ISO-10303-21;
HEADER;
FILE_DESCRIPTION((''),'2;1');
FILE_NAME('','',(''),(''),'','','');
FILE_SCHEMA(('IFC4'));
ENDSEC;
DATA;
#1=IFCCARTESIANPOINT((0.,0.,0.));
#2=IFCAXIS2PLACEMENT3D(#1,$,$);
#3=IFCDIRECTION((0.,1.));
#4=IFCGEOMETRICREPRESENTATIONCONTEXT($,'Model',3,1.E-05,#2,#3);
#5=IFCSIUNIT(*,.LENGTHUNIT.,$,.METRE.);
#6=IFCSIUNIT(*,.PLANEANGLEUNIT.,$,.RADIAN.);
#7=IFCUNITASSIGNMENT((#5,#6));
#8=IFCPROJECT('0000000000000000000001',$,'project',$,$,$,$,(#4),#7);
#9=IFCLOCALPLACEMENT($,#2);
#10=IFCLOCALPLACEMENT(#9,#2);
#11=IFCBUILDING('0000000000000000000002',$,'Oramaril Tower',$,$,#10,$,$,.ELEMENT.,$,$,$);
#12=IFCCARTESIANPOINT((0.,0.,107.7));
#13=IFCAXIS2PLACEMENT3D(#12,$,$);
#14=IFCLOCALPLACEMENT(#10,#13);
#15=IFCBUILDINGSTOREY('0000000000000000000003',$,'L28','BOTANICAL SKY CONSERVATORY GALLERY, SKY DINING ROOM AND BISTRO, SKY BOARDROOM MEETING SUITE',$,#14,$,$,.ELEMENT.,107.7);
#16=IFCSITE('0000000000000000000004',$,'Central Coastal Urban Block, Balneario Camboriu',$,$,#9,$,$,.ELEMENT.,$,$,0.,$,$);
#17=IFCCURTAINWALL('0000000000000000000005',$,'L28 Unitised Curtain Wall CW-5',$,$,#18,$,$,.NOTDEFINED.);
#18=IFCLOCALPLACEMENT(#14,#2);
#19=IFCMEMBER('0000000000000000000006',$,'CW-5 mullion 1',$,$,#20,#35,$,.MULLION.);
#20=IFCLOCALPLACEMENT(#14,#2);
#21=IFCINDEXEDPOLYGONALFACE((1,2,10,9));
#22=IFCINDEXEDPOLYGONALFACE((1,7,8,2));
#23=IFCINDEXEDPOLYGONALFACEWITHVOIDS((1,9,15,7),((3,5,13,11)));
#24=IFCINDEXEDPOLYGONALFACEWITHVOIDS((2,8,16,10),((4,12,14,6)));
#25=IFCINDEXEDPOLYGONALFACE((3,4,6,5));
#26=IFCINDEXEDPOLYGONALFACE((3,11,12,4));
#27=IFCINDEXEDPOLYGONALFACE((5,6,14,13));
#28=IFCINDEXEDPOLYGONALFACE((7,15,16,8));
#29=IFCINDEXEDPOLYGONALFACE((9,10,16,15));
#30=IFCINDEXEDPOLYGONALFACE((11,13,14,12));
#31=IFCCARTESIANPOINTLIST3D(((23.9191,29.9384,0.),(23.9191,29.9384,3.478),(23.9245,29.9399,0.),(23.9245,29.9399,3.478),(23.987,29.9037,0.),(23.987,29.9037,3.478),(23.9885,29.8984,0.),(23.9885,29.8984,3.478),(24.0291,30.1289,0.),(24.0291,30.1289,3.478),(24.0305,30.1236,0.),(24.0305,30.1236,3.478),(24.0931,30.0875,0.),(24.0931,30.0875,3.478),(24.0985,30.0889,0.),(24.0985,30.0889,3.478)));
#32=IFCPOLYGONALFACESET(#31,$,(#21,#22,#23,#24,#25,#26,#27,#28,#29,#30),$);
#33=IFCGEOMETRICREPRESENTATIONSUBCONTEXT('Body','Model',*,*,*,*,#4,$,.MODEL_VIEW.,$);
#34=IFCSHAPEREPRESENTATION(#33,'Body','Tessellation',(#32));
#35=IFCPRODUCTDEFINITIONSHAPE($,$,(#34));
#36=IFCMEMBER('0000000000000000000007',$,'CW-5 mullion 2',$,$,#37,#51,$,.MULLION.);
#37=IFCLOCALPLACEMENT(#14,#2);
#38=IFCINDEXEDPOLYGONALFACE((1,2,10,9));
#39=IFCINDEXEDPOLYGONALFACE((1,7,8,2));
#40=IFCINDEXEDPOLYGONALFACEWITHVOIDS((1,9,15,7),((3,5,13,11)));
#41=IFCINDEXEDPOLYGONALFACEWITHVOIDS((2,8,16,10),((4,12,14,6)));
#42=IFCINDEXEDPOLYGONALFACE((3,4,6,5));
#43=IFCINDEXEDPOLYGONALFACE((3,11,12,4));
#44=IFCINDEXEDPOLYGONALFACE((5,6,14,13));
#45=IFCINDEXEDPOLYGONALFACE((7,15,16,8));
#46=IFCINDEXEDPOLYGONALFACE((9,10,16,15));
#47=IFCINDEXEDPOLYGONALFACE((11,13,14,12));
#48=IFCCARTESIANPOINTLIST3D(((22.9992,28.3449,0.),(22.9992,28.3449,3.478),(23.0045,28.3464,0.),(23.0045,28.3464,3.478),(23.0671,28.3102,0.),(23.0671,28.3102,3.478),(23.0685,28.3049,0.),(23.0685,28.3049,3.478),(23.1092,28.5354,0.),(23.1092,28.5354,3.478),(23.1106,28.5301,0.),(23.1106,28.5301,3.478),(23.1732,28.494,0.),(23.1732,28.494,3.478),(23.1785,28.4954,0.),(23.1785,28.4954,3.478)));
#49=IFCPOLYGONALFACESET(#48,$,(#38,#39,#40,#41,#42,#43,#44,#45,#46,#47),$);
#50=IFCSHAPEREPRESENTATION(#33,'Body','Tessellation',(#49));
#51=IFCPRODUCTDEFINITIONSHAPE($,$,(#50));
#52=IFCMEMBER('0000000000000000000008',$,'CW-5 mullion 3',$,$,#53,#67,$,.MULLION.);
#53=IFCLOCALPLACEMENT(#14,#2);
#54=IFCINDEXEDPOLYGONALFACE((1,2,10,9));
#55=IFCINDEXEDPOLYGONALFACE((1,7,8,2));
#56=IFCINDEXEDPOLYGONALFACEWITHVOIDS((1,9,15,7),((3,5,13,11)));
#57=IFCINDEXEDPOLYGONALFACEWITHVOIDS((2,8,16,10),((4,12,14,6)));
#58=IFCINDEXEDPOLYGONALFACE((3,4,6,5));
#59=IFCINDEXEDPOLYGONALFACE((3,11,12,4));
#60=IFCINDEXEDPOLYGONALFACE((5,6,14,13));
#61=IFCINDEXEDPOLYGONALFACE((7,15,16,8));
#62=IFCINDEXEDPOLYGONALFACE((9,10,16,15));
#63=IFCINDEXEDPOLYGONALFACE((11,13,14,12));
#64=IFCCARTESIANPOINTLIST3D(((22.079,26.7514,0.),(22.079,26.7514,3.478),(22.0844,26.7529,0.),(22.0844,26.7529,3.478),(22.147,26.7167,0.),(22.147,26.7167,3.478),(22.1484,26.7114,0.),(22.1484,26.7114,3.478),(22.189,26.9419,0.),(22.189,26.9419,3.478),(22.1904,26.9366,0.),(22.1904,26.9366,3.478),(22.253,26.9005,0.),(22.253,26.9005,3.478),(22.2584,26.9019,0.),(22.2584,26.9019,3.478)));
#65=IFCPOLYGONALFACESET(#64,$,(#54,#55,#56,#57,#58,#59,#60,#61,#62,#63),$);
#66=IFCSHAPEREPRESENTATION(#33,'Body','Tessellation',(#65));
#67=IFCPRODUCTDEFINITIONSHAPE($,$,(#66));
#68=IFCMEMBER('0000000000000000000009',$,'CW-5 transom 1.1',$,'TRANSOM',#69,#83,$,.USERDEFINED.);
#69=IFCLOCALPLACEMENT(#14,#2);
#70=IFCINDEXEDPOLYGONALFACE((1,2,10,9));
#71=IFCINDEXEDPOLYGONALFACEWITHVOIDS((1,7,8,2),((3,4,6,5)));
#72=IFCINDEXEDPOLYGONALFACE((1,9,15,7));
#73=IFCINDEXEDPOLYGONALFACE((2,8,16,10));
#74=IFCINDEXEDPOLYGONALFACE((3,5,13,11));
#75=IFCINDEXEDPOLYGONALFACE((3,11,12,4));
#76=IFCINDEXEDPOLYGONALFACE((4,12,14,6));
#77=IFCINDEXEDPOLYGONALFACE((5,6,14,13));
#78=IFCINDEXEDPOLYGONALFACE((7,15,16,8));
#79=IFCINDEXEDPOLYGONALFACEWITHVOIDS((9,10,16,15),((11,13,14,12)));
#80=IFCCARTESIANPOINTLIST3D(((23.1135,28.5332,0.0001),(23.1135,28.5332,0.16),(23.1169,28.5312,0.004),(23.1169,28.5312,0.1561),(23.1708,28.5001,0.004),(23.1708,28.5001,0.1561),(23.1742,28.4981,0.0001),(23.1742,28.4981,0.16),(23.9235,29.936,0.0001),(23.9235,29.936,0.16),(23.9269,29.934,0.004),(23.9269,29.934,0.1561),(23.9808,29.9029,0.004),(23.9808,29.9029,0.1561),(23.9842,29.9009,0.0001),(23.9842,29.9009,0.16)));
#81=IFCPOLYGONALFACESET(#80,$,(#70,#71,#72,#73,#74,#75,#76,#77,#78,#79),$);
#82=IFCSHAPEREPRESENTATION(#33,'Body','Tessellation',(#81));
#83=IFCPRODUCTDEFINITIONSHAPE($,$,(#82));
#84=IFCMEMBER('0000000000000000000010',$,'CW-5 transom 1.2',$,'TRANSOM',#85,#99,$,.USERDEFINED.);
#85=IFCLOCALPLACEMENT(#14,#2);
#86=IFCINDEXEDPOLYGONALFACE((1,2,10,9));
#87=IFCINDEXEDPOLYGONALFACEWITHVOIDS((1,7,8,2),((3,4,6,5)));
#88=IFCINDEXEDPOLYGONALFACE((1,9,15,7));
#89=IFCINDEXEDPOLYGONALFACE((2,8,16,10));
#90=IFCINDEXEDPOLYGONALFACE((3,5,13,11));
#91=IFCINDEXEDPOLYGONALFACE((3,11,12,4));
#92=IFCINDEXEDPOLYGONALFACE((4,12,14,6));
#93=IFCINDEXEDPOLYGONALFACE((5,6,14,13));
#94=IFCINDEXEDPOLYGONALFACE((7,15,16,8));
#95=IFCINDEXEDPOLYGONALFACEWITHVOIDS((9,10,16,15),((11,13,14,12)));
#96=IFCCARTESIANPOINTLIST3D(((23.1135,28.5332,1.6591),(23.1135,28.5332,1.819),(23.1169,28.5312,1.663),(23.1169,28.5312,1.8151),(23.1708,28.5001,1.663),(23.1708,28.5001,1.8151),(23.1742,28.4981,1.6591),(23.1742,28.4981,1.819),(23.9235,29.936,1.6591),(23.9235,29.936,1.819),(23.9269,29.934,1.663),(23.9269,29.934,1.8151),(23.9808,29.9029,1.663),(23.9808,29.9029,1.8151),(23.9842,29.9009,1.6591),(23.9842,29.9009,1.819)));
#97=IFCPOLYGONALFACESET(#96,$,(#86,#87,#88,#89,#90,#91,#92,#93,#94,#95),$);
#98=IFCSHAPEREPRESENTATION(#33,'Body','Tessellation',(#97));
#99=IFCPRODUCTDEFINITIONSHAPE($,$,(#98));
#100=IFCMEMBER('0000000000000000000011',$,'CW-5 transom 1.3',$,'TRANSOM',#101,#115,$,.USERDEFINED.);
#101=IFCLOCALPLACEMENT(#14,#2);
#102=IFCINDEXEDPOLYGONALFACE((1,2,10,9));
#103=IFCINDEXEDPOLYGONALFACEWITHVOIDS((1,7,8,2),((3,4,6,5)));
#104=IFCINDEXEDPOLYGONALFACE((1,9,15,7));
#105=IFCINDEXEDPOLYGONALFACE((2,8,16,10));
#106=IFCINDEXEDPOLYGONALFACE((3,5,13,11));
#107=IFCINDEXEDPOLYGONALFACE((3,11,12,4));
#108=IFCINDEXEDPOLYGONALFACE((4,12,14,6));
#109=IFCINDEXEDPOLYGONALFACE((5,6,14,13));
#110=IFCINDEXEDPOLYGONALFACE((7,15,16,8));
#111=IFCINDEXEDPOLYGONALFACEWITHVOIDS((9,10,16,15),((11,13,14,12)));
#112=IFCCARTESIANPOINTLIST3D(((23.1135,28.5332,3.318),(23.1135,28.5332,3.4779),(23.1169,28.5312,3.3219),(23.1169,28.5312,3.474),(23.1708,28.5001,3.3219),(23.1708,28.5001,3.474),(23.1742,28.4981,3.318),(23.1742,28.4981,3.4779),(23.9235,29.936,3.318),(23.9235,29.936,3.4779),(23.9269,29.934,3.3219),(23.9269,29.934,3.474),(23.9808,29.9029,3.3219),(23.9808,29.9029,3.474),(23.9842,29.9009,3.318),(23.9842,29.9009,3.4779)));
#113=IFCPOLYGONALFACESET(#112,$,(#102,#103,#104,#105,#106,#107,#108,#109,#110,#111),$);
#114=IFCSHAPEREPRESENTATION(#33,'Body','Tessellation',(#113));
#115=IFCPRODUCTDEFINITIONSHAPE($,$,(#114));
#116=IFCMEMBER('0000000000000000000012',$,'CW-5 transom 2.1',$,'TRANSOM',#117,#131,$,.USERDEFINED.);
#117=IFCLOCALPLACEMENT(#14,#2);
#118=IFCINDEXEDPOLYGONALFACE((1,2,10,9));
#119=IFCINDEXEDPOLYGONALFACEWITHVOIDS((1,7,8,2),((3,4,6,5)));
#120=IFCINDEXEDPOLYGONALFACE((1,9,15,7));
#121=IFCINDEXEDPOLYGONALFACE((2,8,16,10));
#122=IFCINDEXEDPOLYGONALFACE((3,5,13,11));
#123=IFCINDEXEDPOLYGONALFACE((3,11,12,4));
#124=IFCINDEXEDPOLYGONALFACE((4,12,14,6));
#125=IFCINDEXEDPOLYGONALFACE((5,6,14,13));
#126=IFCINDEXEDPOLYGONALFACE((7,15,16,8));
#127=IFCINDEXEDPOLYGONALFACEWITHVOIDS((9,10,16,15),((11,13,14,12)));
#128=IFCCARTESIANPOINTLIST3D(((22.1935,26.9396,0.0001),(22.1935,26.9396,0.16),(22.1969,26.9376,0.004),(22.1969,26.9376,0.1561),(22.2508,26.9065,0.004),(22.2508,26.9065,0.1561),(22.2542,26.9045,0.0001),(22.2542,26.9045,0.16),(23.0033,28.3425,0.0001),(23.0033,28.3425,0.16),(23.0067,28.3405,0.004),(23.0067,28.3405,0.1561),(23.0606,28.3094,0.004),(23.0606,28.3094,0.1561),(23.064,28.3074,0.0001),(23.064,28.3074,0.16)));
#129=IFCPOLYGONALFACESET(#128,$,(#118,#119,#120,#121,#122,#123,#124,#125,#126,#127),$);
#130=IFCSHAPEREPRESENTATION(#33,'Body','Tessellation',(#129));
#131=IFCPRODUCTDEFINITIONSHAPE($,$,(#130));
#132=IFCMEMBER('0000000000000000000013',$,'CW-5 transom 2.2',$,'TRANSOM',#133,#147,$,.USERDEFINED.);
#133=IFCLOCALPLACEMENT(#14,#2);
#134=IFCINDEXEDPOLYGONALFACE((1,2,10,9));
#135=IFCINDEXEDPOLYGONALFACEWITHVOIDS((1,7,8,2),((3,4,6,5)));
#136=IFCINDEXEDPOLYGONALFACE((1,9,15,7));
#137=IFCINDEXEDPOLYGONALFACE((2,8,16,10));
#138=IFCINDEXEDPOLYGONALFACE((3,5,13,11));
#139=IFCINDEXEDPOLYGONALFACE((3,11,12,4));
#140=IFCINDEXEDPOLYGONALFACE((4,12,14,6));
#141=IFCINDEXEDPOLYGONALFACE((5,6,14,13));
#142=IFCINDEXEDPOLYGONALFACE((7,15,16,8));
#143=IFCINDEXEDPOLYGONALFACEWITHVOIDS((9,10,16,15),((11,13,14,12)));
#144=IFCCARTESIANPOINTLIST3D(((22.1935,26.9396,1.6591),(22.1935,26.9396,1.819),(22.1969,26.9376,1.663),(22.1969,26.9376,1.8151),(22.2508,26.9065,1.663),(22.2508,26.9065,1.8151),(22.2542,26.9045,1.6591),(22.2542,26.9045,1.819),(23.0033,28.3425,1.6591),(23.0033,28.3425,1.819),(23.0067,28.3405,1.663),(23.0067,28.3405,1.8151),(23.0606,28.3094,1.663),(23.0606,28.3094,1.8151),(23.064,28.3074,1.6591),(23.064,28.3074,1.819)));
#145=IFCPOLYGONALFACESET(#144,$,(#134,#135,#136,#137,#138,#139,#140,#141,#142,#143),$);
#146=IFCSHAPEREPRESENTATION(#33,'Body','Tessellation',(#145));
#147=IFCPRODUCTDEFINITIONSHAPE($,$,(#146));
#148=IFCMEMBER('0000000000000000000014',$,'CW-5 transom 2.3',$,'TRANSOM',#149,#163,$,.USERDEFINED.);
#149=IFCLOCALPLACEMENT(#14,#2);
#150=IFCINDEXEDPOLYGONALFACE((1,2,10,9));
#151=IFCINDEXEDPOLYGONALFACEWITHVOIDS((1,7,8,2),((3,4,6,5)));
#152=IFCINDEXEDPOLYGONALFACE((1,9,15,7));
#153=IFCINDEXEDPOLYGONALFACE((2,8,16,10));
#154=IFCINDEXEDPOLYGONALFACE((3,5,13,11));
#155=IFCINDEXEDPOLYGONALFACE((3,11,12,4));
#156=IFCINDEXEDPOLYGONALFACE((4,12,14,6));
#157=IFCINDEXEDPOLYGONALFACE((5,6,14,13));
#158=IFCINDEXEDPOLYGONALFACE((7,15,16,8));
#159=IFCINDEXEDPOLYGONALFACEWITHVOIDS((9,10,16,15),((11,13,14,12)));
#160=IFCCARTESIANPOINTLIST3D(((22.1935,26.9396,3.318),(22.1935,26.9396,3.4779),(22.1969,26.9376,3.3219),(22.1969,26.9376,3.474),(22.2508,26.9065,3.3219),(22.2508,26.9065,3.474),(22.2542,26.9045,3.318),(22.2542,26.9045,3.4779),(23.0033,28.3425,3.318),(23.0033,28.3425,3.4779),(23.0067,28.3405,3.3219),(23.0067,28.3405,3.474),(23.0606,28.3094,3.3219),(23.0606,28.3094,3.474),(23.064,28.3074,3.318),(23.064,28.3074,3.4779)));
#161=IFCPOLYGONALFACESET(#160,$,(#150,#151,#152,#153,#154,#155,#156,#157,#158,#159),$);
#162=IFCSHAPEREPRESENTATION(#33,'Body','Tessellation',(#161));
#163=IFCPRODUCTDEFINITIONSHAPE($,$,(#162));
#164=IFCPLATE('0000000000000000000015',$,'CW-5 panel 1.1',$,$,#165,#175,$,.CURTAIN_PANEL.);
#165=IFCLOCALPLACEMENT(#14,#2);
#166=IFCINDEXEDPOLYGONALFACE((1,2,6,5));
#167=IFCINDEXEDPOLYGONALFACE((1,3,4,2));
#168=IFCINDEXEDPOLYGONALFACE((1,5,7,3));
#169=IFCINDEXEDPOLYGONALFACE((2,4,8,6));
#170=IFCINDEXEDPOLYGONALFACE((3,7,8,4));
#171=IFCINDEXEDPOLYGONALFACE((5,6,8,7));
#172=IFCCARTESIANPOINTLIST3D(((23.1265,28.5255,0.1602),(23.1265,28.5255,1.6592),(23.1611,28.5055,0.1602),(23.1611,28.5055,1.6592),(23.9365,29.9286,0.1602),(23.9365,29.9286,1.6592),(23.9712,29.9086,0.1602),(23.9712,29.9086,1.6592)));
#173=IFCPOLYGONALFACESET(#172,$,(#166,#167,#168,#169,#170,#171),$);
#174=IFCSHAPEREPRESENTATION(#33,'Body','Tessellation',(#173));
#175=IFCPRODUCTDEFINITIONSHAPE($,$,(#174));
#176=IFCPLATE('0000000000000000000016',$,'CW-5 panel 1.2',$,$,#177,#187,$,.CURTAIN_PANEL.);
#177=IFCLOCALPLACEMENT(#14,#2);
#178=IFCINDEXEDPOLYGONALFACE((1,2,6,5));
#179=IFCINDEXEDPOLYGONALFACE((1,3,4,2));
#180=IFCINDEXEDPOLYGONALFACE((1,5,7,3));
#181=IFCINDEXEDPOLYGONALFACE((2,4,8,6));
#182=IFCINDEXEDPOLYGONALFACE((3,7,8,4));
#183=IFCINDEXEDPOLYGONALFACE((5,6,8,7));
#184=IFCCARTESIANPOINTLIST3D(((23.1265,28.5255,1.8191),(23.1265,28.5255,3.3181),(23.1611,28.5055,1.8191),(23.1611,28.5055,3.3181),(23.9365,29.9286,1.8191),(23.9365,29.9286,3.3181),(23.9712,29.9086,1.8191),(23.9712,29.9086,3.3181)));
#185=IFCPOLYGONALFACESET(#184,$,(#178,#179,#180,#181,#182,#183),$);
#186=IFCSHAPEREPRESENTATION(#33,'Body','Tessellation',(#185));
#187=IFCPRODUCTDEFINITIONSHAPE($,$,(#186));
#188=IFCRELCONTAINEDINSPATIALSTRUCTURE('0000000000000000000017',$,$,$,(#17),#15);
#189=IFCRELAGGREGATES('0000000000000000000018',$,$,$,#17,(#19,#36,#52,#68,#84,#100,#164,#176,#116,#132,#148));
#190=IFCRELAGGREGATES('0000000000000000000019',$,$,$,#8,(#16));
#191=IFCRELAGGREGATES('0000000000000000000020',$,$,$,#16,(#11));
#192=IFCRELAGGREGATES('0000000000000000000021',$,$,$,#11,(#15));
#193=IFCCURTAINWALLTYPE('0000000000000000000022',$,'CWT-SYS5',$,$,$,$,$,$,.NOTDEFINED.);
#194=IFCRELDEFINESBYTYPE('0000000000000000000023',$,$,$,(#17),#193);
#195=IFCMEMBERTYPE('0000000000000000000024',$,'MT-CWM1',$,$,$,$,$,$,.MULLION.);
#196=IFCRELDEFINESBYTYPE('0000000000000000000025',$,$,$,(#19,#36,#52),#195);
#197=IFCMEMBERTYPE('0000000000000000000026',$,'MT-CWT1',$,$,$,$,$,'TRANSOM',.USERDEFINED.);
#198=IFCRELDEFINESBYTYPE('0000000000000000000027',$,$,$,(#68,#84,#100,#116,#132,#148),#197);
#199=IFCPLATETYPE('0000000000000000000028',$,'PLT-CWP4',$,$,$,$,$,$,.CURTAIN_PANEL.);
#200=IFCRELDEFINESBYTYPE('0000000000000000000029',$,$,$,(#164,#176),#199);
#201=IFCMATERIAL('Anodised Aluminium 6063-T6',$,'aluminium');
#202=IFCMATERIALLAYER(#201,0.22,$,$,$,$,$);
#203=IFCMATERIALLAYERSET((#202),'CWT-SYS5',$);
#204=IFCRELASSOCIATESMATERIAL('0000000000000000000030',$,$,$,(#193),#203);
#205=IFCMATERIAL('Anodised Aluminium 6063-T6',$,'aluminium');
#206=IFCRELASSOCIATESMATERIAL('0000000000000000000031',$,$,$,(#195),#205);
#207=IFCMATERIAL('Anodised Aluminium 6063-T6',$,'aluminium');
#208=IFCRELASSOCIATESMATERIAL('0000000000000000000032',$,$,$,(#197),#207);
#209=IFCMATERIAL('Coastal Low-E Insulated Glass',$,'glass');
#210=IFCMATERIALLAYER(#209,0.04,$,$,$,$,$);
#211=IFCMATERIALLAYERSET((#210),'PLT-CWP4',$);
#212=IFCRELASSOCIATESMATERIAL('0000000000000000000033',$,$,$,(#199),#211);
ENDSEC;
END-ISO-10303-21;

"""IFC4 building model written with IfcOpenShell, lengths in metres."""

from ifc_helpers import new_model, si_unit, direction, frame, origin, origin_2d, place, context, subcontext, project, spatial, rectangle, hollow_rectangle, extrude, material, layer, layer_set, material_profile, profile_set, type_object, element, aggregate, save


model = new_model("IFC4")

# Units and contexts
model_context = context("Model", 3, precision=1e-05, world=origin(), true_north=direction((0.0, 1.0)))
body_context = subcontext(model_context, "Body", "Model", "MODEL_VIEW")
ifc_project = project(units=[si_unit("LENGTHUNIT", "METRE"), si_unit("PLANEANGLEUNIT", "RADIAN")], contexts=[model_context])

# Site, building, storey
site_placement = place(None, origin())
site = spatial("IfcSite", under=ifc_project, at=site_placement, Name="Central Coastal Urban Block, Balneario Camboriu", CompositionType="ELEMENT", RefElevation=0.0)
building_placement = place(site_placement, origin())
building = spatial("IfcBuilding", under=site, at=building_placement, Name="Oramaril Tower", CompositionType="ELEMENT")
storey_placement = place(building_placement, frame((0.0, 0.0, 107.7)))
storey = spatial("IfcBuildingStorey", under=building, at=storey_placement, Name="L28", Description="BOTANICAL SKY CONSERVATORY GALLERY, SKY DINING ROOM AND BISTRO, SKY BOARDROOM MEETING SUITE", CompositionType="ELEMENT", Elevation=107.7)

# Curtain wall, members, plates
ifc_material_1 = material(Name="Anodised Aluminium 6063-T6", Category="aluminium")
ifc_layer_1 = layer(ifc_material_1, 0.22)
ifc_layer_set_1 = layer_set([ifc_layer_1], Name="CWT-SYS5")
curtain_wall_type = type_object("IfcCurtainWallType", Name="CWT-SYS5", PredefinedType="NOTDEFINED", material=ifc_layer_set_1)
curtain_wall_placement = place(storey_placement, origin())
curtain_wall = element("IfcCurtainWall", 1, at=curtain_wall_placement, inside=storey, type_object=curtain_wall_type, Name="L28 Unitised Curtain Wall CW-5", PredefinedType="NOTDEFINED")
ifc_material_2 = material(Name="Anodised Aluminium 6063-T6", Category="aluminium")
ifc_material_profile_1 = material_profile(ifc_material_2, hollow_rectangle(XDim=0.0801, YDim=0.22, WallThickness=0.0039, at=origin_2d()), Name="CWM220X80")
ifc_profile_set_1 = profile_set([ifc_material_profile_1], Name="Anodised Aluminium 6063-T6")
member_type_1 = type_object("IfcMemberType", Name="MT-CWM1", PredefinedType="MULLION", material=ifc_profile_set_1)
member_1_placement = place(storey_placement, frame((24.0088, 30.0137, 0.0), z_axis=(0.0, 0.0, 1.0), x_axis=(0.866025, -0.5, 0.0)))
member_1 = element("IfcMember", 2, at=member_1_placement, type_object=member_type_1, Name="CW-5 mullion 1", PredefinedType="MULLION", context=body_context, shape_type="SweptSolid", body=[
    extrude(hollow_rectangle(XDim=0.0801, YDim=0.22, WallThickness=0.0039, at=origin_2d()), origin(), (0.0, 0.0, 1.0), 3.478),
])
member_2_placement = place(storey_placement, frame((23.0889, 28.4202, 0.0), z_axis=(0.0, 0.0, 1.0), x_axis=(0.866025, -0.5, 0.0)))
member_2 = element("IfcMember", 3, at=member_2_placement, type_object=member_type_1, Name="CW-5 mullion 2", PredefinedType="MULLION", context=body_context, shape_type="SweptSolid", body=[
    extrude(hollow_rectangle(XDim=0.0801, YDim=0.22, WallThickness=0.0039, at=origin_2d()), origin(), (0.0, 0.0, 1.0), 3.478),
])
member_3_placement = place(storey_placement, frame((22.1687, 26.8267, 0.0), z_axis=(0.0, 0.0, 1.0), x_axis=(0.866025, -0.5, 0.0)))
member_3 = element("IfcMember", 4, at=member_3_placement, type_object=member_type_1, Name="CW-5 mullion 3", PredefinedType="MULLION", context=body_context, shape_type="SweptSolid", body=[
    extrude(hollow_rectangle(XDim=0.0801, YDim=0.22, WallThickness=0.0039, at=origin_2d()), origin(), (0.0, 0.0, 1.0), 3.478),
])
ifc_material_3 = material(Name="Anodised Aluminium 6063-T6", Category="aluminium")
ifc_material_profile_2 = material_profile(ifc_material_3, hollow_rectangle(XDim=0.0701, YDim=0.1599, WallThickness=0.0039, at=origin_2d()), Name="CWT160X70")
ifc_profile_set_2 = profile_set([ifc_material_profile_2], Name="Anodised Aluminium 6063-T6")
member_type_2 = type_object("IfcMemberType", Name="MT-CWT1", ElementType="TRANSOM", PredefinedType="USERDEFINED", material=ifc_profile_set_2)
member_4_placement = place(storey_placement, frame((23.9539, 29.9185, 0.0801), z_axis=(-0.500062, -0.86599, 0.0), x_axis=(0.86599, -0.500062, 0.0)))
member_4 = element("IfcMember", 5, at=member_4_placement, type_object=member_type_2, Name="CW-5 transom 1.1", ObjectType="TRANSOM", PredefinedType="USERDEFINED", context=body_context, shape_type="SweptSolid", body=[
    extrude(hollow_rectangle(XDim=0.0701, YDim=0.1599, WallThickness=0.0039, at=origin_2d()), origin(), (0.0, 0.0, 1.0), 1.6199),
])
member_5_placement = place(storey_placement, frame((23.9539, 29.9185, 1.739), z_axis=(-0.500062, -0.86599, 0.0), x_axis=(0.86599, -0.500062, 0.0)))
member_5 = element("IfcMember", 6, at=member_5_placement, type_object=member_type_2, Name="CW-5 transom 1.2", ObjectType="TRANSOM", PredefinedType="USERDEFINED", context=body_context, shape_type="SweptSolid", body=[
    extrude(hollow_rectangle(XDim=0.0701, YDim=0.1599, WallThickness=0.0039, at=origin_2d()), origin(), (0.0, 0.0, 1.0), 1.6199),
])
member_6_placement = place(storey_placement, frame((23.9539, 29.9185, 3.3979), z_axis=(-0.500062, -0.86599, 0.0), x_axis=(0.86599, -0.500062, 0.0)))
member_6 = element("IfcMember", 7, at=member_6_placement, type_object=member_type_2, Name="CW-5 transom 1.3", ObjectType="TRANSOM", PredefinedType="USERDEFINED", context=body_context, shape_type="SweptSolid", body=[
    extrude(hollow_rectangle(XDim=0.0701, YDim=0.1599, WallThickness=0.0039, at=origin_2d()), origin(), (0.0, 0.0, 1.0), 1.6199),
])
member_7_placement = place(storey_placement, frame((23.0337, 28.325, 0.0801), z_axis=(-0.499949, -0.866055, 0.0), x_axis=(0.866055, -0.499949, 0.0)))
member_7 = element("IfcMember", 8, at=member_7_placement, type_object=member_type_2, Name="CW-5 transom 2.1", ObjectType="TRANSOM", PredefinedType="USERDEFINED", context=body_context, shape_type="SweptSolid", body=[
    extrude(hollow_rectangle(XDim=0.0701, YDim=0.1599, WallThickness=0.0039, at=origin_2d()), origin(), (0.0, 0.0, 1.0), 1.6199),
])
member_8_placement = place(storey_placement, frame((23.0337, 28.325, 1.739), z_axis=(-0.499949, -0.866055, 0.0), x_axis=(0.866055, -0.499949, 0.0)))
member_8 = element("IfcMember", 9, at=member_8_placement, type_object=member_type_2, Name="CW-5 transom 2.2", ObjectType="TRANSOM", PredefinedType="USERDEFINED", context=body_context, shape_type="SweptSolid", body=[
    extrude(hollow_rectangle(XDim=0.0701, YDim=0.1599, WallThickness=0.0039, at=origin_2d()), origin(), (0.0, 0.0, 1.0), 1.6199),
])
member_9_placement = place(storey_placement, frame((23.0337, 28.325, 3.3979), z_axis=(-0.499949, -0.866055, 0.0), x_axis=(0.866055, -0.499949, 0.0)))
member_9 = element("IfcMember", 10, at=member_9_placement, type_object=member_type_2, Name="CW-5 transom 2.3", ObjectType="TRANSOM", PredefinedType="USERDEFINED", context=body_context, shape_type="SweptSolid", body=[
    extrude(hollow_rectangle(XDim=0.0701, YDim=0.1599, WallThickness=0.0039, at=origin_2d()), origin(), (0.0, 0.0, 1.0), 1.6199),
])
ifc_material_4 = material(Name="Coastal Low-E Insulated Glass", Category="glass")
ifc_layer_2 = layer(ifc_material_4, 0.04)
ifc_layer_set_2 = layer_set([ifc_layer_2], Name="PLT-CWP4")
plate_type = type_object("IfcPlateType", Name="PLT-CWP4", PredefinedType="CURTAIN_PANEL", material=ifc_layer_set_2)
plate_1_placement = place(storey_placement, frame((23.5488, 29.217, 0.1602), z_axis=(0.0, 0.0, 1.0), x_axis=(-0.5, -0.866025, 0.0)))
plate_1 = element("IfcPlate", 11, at=plate_1_placement, type_object=plate_type, Name="CW-5 panel 1.1", PredefinedType="CURTAIN_PANEL", context=body_context, shape_type="SweptSolid", body=[
    extrude(rectangle(XDim=1.6201, YDim=0.04, at=origin_2d()), origin(), (0.0, 0.0, 1.0), 1.499),
])
plate_2_placement = place(storey_placement, frame((23.5488, 29.217, 1.8191), z_axis=(0.0, 0.0, 1.0), x_axis=(-0.5, -0.866025, 0.0)))
plate_2 = element("IfcPlate", 12, at=plate_2_placement, type_object=plate_type, Name="CW-5 panel 1.2", PredefinedType="CURTAIN_PANEL", context=body_context, shape_type="SweptSolid", body=[
    extrude(rectangle(XDim=1.6201, YDim=0.04, at=origin_2d()), origin(), (0.0, 0.0, 1.0), 1.499),
])
aggregate(curtain_wall, [member_1, member_2, member_3, member_4, member_5, member_6, plate_1, plate_2, member_7, member_8, member_9])

save(model, "model.ifc")
